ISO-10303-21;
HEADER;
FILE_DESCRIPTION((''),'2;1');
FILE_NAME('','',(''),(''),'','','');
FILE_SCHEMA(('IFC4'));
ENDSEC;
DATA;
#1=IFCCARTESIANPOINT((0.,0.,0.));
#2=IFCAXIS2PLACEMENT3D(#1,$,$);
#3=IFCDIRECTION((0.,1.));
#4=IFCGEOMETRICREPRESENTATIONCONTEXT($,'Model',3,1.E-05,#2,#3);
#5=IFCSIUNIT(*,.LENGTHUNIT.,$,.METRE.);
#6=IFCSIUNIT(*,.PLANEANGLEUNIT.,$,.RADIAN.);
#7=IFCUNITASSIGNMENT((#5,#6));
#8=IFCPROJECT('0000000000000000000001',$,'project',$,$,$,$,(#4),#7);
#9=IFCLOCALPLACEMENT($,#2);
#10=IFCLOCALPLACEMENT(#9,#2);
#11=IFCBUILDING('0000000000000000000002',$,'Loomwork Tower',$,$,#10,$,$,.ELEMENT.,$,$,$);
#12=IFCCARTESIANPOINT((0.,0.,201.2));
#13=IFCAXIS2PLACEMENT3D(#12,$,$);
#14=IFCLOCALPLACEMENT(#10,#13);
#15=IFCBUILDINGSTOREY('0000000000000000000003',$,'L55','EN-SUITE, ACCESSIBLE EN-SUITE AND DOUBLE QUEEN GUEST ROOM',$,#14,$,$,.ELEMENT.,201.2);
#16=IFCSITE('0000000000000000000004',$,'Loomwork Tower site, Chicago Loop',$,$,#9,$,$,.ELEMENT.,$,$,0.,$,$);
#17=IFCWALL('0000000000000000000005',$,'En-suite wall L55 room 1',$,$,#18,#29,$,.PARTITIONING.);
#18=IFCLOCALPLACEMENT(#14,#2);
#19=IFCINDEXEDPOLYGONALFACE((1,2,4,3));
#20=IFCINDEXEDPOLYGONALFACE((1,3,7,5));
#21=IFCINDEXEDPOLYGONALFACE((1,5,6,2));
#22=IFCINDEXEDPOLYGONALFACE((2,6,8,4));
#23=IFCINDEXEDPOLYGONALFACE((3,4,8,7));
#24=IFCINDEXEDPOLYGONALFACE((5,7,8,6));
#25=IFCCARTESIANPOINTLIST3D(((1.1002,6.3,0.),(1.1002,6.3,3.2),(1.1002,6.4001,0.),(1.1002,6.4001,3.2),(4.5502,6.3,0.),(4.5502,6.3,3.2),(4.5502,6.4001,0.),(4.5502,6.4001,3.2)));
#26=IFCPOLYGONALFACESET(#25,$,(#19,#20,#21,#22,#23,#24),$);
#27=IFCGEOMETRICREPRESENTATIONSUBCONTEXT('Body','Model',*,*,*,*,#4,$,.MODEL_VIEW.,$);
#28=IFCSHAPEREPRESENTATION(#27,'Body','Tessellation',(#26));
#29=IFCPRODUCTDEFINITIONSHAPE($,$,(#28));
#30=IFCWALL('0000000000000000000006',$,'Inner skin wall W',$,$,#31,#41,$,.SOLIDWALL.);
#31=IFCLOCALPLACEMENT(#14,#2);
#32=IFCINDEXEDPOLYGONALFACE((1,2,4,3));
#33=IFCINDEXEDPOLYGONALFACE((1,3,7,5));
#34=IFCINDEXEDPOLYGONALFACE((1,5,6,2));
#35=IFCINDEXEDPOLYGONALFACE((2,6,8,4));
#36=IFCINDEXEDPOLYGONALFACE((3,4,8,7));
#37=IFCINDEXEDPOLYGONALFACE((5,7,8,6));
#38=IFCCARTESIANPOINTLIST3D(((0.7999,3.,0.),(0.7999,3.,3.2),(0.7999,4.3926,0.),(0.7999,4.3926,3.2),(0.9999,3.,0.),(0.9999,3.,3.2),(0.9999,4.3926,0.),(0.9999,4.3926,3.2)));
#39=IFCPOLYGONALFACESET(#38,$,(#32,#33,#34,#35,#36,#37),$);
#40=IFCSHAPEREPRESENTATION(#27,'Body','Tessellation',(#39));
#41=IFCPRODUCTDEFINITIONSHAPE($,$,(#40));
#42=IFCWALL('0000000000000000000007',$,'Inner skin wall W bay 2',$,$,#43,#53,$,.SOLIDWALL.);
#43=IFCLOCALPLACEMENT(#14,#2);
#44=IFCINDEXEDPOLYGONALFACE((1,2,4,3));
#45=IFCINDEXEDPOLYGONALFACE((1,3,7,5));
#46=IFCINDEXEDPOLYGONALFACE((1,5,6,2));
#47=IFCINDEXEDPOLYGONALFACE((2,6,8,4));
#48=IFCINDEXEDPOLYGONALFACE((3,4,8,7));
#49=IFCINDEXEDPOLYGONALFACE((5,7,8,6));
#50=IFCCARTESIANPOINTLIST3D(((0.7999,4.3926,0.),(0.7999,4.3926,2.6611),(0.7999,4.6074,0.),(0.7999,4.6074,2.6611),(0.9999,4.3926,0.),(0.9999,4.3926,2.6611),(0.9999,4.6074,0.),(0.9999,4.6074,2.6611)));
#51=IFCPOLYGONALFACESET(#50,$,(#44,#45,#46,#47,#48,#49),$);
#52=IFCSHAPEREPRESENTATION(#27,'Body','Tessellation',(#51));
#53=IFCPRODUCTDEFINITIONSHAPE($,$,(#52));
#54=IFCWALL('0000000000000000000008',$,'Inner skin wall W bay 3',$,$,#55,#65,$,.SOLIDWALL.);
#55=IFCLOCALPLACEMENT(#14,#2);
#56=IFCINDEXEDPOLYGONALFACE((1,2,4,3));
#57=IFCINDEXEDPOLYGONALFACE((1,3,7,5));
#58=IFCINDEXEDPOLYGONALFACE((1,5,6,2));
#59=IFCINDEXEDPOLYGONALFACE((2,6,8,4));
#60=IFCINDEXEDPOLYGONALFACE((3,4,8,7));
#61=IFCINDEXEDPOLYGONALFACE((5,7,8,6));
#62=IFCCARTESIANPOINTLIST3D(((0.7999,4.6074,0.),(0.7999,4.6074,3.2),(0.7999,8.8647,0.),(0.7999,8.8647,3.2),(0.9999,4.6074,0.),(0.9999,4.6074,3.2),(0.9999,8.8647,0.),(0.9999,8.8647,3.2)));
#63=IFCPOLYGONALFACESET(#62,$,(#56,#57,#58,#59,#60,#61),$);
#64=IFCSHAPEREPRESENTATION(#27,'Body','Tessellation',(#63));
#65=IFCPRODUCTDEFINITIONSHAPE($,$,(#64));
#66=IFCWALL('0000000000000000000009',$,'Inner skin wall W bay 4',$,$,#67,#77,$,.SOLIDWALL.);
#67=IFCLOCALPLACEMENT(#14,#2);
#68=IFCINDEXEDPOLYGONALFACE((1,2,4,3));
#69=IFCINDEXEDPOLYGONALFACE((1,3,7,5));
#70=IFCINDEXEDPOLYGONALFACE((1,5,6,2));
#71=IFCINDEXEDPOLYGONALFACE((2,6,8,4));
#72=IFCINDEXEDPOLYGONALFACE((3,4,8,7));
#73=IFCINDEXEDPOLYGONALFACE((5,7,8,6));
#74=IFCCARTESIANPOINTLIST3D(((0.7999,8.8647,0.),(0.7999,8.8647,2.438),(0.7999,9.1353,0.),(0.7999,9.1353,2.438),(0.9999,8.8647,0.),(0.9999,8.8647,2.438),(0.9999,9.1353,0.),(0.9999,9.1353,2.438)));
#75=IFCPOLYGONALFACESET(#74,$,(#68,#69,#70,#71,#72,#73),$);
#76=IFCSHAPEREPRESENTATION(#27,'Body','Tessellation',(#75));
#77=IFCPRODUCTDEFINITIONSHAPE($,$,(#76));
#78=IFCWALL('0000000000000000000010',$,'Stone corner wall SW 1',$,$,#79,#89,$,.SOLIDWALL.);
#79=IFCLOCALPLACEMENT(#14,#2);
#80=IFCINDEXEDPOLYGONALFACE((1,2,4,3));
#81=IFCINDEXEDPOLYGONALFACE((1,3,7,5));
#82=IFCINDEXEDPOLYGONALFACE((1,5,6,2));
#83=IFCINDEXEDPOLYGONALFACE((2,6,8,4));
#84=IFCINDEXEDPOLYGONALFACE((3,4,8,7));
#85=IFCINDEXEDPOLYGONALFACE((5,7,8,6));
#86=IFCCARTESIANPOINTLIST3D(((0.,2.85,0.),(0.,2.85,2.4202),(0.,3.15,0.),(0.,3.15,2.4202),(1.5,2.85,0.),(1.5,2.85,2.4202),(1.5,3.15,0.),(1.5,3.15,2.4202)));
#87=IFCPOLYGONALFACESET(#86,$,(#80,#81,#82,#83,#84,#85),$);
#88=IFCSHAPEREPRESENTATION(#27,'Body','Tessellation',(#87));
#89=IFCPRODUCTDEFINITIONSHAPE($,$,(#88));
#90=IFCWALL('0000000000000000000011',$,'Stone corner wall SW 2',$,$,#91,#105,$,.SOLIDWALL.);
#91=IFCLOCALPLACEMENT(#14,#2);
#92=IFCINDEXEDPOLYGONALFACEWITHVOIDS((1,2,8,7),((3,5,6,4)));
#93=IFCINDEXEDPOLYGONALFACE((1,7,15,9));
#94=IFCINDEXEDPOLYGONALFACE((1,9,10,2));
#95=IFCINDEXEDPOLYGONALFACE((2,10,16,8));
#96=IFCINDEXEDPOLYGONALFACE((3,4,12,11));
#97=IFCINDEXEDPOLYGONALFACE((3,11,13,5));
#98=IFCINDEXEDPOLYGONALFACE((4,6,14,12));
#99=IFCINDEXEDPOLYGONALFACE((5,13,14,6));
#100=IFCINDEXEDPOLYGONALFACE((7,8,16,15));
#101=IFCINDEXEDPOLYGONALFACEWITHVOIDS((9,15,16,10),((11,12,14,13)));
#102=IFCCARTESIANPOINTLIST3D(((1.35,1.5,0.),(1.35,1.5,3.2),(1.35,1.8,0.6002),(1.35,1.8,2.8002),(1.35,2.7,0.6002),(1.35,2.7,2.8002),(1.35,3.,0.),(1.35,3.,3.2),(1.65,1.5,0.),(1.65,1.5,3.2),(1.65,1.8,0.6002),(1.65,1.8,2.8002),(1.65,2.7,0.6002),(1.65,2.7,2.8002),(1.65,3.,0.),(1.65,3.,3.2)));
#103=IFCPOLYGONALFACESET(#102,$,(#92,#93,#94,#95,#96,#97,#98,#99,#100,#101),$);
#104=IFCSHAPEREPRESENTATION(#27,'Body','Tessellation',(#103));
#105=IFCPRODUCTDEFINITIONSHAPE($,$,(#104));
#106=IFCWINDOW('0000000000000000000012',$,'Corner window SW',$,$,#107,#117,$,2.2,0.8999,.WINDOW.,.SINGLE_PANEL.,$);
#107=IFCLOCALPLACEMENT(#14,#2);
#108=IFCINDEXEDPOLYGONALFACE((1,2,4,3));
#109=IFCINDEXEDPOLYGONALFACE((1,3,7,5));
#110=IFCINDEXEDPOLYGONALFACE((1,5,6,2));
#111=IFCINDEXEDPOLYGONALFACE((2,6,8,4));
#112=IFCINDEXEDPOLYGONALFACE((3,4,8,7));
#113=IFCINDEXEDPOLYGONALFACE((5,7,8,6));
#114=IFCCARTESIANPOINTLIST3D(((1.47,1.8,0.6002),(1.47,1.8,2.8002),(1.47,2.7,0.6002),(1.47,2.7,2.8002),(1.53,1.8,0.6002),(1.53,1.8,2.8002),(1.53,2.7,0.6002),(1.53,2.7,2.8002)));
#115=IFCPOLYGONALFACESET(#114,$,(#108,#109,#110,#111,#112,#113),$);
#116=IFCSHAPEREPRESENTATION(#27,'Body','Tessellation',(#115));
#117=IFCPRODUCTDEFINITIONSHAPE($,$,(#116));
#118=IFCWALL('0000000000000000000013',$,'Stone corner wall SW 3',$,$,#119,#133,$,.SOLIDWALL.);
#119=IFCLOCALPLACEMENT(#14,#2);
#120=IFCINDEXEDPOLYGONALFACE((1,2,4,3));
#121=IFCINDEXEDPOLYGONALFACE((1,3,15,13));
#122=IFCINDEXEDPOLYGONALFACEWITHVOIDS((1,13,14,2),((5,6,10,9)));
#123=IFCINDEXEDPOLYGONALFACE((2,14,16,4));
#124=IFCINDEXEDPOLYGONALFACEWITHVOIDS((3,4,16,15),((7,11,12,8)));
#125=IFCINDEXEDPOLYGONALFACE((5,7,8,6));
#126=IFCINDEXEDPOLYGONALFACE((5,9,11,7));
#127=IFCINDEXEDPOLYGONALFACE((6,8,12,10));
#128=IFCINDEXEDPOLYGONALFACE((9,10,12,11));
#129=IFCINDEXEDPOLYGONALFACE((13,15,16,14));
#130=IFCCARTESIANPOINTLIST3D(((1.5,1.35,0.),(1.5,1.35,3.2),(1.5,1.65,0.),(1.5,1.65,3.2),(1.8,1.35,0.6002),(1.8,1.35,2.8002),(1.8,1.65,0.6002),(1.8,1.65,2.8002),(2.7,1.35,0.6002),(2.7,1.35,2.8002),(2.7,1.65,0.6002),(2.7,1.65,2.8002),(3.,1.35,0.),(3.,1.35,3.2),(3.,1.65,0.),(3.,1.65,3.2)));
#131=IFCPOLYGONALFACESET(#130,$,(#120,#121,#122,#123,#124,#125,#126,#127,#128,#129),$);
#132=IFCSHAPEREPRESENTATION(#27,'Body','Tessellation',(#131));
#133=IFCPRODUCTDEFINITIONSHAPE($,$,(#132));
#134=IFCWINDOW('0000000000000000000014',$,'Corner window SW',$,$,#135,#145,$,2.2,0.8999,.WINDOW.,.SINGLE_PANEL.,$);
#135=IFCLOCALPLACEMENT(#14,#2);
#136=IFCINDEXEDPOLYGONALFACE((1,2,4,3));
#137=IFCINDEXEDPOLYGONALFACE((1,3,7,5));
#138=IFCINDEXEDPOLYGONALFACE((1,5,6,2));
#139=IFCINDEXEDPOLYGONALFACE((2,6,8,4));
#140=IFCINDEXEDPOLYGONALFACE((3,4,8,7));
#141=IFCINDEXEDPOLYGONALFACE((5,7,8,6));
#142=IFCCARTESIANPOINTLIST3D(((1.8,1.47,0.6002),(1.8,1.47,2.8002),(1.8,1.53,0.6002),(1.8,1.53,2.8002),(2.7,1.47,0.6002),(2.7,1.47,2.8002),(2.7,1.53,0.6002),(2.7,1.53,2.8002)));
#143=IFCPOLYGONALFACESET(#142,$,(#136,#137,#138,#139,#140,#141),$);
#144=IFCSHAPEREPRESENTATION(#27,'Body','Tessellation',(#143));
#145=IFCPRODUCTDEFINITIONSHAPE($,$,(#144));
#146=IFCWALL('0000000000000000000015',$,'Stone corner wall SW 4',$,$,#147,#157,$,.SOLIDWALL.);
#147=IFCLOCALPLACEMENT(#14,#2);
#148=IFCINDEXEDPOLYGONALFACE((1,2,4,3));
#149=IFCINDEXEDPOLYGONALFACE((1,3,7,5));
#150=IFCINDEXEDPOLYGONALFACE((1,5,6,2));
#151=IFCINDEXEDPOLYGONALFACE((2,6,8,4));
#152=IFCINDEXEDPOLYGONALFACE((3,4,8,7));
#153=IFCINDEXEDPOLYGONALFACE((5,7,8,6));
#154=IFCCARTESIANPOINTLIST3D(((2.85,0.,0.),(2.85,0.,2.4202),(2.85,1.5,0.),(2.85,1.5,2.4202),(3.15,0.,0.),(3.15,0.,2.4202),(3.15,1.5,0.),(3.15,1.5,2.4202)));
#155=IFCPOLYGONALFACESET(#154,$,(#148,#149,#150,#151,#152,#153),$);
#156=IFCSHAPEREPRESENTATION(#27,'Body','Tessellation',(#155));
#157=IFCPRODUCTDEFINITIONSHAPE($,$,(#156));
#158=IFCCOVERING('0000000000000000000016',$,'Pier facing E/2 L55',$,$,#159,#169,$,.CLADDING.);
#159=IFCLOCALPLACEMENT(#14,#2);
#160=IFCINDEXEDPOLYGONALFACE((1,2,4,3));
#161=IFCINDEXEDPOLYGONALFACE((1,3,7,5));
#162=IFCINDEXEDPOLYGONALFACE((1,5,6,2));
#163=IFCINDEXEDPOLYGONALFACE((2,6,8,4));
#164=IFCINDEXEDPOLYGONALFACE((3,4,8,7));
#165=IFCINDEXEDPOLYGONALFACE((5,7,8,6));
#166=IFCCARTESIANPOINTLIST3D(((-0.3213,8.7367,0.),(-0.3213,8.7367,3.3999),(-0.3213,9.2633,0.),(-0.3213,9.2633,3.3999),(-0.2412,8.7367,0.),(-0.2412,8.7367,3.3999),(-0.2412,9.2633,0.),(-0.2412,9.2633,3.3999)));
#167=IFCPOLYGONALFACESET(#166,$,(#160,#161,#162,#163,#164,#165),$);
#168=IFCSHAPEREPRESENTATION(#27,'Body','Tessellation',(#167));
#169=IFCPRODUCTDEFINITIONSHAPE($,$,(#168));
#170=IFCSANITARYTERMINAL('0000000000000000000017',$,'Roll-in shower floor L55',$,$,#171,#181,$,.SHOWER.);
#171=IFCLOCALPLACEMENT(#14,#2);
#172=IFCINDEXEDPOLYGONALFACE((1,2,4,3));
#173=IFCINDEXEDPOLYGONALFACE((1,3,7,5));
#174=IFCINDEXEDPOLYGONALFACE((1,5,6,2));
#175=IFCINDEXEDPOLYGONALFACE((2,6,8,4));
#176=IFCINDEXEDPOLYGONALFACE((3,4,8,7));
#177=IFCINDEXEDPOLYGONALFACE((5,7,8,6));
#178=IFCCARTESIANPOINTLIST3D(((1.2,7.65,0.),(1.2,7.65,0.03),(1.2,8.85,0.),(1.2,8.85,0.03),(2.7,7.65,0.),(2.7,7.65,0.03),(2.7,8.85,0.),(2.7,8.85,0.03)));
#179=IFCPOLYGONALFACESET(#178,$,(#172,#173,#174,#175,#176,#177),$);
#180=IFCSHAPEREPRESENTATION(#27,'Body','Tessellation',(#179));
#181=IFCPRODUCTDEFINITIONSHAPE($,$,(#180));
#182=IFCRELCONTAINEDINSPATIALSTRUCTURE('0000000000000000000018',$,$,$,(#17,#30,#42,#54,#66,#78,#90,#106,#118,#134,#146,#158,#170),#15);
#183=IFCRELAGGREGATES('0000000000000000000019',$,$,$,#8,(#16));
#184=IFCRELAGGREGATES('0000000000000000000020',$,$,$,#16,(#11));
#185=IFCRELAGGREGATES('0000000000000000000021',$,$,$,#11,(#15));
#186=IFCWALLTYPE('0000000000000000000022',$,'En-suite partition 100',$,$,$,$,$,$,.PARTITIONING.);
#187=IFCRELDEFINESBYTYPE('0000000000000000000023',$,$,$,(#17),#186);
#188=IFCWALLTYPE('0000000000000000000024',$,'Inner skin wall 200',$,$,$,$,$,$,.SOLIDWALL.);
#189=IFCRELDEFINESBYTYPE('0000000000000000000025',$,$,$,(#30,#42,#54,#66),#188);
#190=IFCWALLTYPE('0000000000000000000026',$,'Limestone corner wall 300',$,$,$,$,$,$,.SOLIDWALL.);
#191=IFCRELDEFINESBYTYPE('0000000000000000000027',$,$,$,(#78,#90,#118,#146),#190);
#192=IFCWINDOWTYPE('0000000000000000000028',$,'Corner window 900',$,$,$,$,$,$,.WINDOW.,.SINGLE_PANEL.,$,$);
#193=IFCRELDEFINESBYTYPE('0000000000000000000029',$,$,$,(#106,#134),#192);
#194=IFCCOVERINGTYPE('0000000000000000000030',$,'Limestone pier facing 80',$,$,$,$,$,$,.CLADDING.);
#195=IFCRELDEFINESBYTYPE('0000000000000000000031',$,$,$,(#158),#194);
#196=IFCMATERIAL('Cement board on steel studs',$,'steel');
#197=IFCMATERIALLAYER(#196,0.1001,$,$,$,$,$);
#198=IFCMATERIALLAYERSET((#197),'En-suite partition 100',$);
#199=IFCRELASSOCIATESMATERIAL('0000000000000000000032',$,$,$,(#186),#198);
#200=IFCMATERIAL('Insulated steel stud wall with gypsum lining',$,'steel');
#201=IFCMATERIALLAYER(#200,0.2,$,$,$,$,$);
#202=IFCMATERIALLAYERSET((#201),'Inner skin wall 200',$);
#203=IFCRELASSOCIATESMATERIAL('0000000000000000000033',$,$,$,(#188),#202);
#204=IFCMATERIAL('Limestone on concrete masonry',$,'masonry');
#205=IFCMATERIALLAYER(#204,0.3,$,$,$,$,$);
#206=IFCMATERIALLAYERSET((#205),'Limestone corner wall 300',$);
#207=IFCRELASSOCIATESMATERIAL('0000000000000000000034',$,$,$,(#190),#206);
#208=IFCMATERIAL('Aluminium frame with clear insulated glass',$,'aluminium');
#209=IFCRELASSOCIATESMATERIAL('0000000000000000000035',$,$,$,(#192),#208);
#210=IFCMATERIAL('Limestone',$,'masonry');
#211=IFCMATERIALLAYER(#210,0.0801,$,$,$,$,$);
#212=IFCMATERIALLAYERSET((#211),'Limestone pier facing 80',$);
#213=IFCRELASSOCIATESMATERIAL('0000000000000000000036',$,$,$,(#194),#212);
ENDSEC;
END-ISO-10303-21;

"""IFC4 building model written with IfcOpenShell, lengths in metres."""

from ifc_helpers import new_model, si_unit, direction, frame, frame_2d, origin, origin_2d, place, context, subcontext, project, spatial, rectangle, extrude, material, layer, layer_set, type_object, element, fill, save


model = new_model("IFC4")

# Units and contexts
model_context = context("Model", 3, precision=1e-05, world=origin(), true_north=direction((0.0, 1.0)))
body_context = subcontext(model_context, "Body", "Model", "MODEL_VIEW")
ifc_project = project(units=[si_unit("LENGTHUNIT", "METRE"), si_unit("PLANEANGLEUNIT", "RADIAN")], contexts=[model_context])

# Site, building, storey
site_placement = place(None, origin())
site = spatial("IfcSite", under=ifc_project, at=site_placement, Name="Loomwork Tower site, Chicago Loop", CompositionType="ELEMENT", RefElevation=0.0)
building_placement = place(site_placement, origin())
building = spatial("IfcBuilding", under=site, at=building_placement, Name="Loomwork Tower", CompositionType="ELEMENT")
storey_placement = place(building_placement, frame((0.0, 0.0, 201.2)))
storey = spatial("IfcBuildingStorey", under=building, at=storey_placement, Name="L55", Description="EN-SUITE, ACCESSIBLE EN-SUITE AND DOUBLE QUEEN GUEST ROOM", CompositionType="ELEMENT", Elevation=201.2)

# Walls
ifc_material_1 = material(Name="Cement board on steel studs", Category="steel")
ifc_layer_1 = layer(ifc_material_1, 0.1001)
ifc_layer_set_1 = layer_set([ifc_layer_1], Name="En-suite partition 100")
wall_type_1 = type_object("IfcWallType", Name="En-suite partition 100", PredefinedType="PARTITIONING", material=ifc_layer_set_1)
wall_1_placement = place(storey_placement, frame((1.1001, 6.3501, 0.0), z_axis=(0.0, 0.0, 1.0), x_axis=(1.0, 0.0, 0.0)))
element("IfcWall", 1, at=wall_1_placement, inside=storey, type_object=wall_type_1, Name="En-suite wall L55 room 1", PredefinedType="PARTITIONING", context=body_context, shape_type="SweptSolid", body=[
    extrude(rectangle(XDim=3.45, YDim=0.1001, at=frame_2d((1.7251, 0.0))), origin(), (0.0, 0.0, 1.0), 3.2),
])
ifc_material_2 = material(Name="Insulated steel stud wall with gypsum lining", Category="steel")
ifc_layer_2 = layer(ifc_material_2, 0.2)
ifc_layer_set_2 = layer_set([ifc_layer_2], Name="Inner skin wall 200")
wall_type_2 = type_object("IfcWallType", Name="Inner skin wall 200", PredefinedType="SOLIDWALL", material=ifc_layer_set_2)
wall_2_placement = place(storey_placement, frame((0.8999, 3.0, 0.0), z_axis=(0.0, 0.0, 1.0), x_axis=(0.0, 1.0, 0.0)))
element("IfcWall", 2, at=wall_2_placement, inside=storey, type_object=wall_type_2, Name="Inner skin wall W", PredefinedType="SOLIDWALL", context=body_context, shape_type="SweptSolid", body=[
    extrude(rectangle(XDim=1.3926, YDim=0.2, at=frame_2d((0.6963, 0.0))), origin(), (0.0, 0.0, 1.0), 3.2),
])
wall_3_placement = place(storey_placement, frame((0.8999, 4.3926, 0.0), z_axis=(0.0, 0.0, 1.0), x_axis=(0.0, 1.0, 0.0)))
element("IfcWall", 3, at=wall_3_placement, inside=storey, type_object=wall_type_2, Name="Inner skin wall W bay 2", PredefinedType="SOLIDWALL", context=body_context, shape_type="SweptSolid", body=[
    extrude(rectangle(XDim=0.2148, YDim=0.2, at=frame_2d((0.1074, 0.0))), origin(), (0.0, 0.0, 1.0), 2.6611),
])
wall_4_placement = place(storey_placement, frame((0.8999, 4.6074, 0.0), z_axis=(0.0, 0.0, 1.0), x_axis=(0.0, 1.0, 0.0)))
element("IfcWall", 4, at=wall_4_placement, inside=storey, type_object=wall_type_2, Name="Inner skin wall W bay 3", PredefinedType="SOLIDWALL", context=body_context, shape_type="SweptSolid", body=[
    extrude(rectangle(XDim=4.2573, YDim=0.2, at=frame_2d((2.1287, 0.0))), origin(), (0.0, 0.0, 1.0), 3.2),
])
wall_5_placement = place(storey_placement, frame((0.8999, 8.8647, 0.0), z_axis=(0.0, 0.0, 1.0), x_axis=(0.0, 1.0, 0.0)))
element("IfcWall", 5, at=wall_5_placement, inside=storey, type_object=wall_type_2, Name="Inner skin wall W bay 4", PredefinedType="SOLIDWALL", context=body_context, shape_type="SweptSolid", body=[
    extrude(rectangle(XDim=0.2705, YDim=0.2, at=frame_2d((0.1353, 0.0))), origin(), (0.0, 0.0, 1.0), 2.438),
])
ifc_material_3 = material(Name="Limestone on concrete masonry", Category="masonry")
ifc_layer_3 = layer(ifc_material_3, 0.3)
ifc_layer_set_3 = layer_set([ifc_layer_3], Name="Limestone corner wall 300")
wall_type_3 = type_object("IfcWallType", Name="Limestone corner wall 300", PredefinedType="SOLIDWALL", material=ifc_layer_set_3)
wall_6_placement = place(storey_placement, frame((0.0, 3.0, 0.0), z_axis=(0.0, 0.0, 1.0), x_axis=(1.0, 0.0, 0.0)))
element("IfcWall", 6, at=wall_6_placement, inside=storey, type_object=wall_type_3, Name="Stone corner wall SW 1", PredefinedType="SOLIDWALL", context=body_context, shape_type="SweptSolid", body=[
    extrude(rectangle(XDim=1.5, YDim=0.3, at=frame_2d((0.75, 0.0))), origin(), (0.0, 0.0, 1.0), 2.4202),
])

# Walls, openings, windows
wall_7_placement = place(storey_placement, frame((1.5, 3.0, 0.0), z_axis=(0.0, 0.0, 1.0), x_axis=(0.0, -1.0, 0.0)))
wall_7 = element("IfcWall", 7, at=wall_7_placement, inside=storey, type_object=wall_type_3, Name="Stone corner wall SW 2", PredefinedType="SOLIDWALL", context=body_context, shape_type="SweptSolid", body=[
    extrude(rectangle(XDim=1.5, YDim=0.3, at=frame_2d((0.75, 0.0))), origin(), (0.0, 0.0, 1.0), 3.2),
])
opening_1_placement = place(wall_7_placement, frame((0.3, 0.0, 0.6001)))
opening_1 = element("IfcOpeningElement", 8, at=opening_1_placement, cuts=wall_7, PredefinedType="OPENING", context=body_context, shape_type="SweptSolid", body=[
    extrude(rectangle(XDim=0.8999, YDim=2.2, at=frame_2d((0.45, 1.1001))), frame((0.0, 0.1599, 0.0), z_axis=(0.0, -1.0, 0.0), x_axis=(1.0, 0.0, 0.0)), (0.0, 0.0, 1.0), 0.3201),
])
ifc_material_4 = material(Name="Aluminium frame with clear insulated glass", Category="aluminium")
window_type = type_object("IfcWindowType", Name="Corner window 900", PartitioningType="SINGLE_PANEL", PredefinedType="WINDOW", material=ifc_material_4)
window_1_placement = place(opening_1_placement, origin())
window_1 = element("IfcWindow", 9, at=window_1_placement, inside=storey, type_object=window_type, Name="Corner window SW", OverallHeight=2.2, OverallWidth=0.8999, PartitioningType="SINGLE_PANEL", PredefinedType="WINDOW", context=body_context, shape_type="SweptSolid", body=[
    extrude(rectangle(XDim=0.8999, YDim=2.2, at=frame_2d((0.45, 1.1001))), frame((0.0, 0.03, 0.0), z_axis=(0.0, -1.0, 0.0), x_axis=(1.0, 0.0, 0.0)), (0.0, 0.0, 1.0), 0.0601),
])
fill(opening_1, window_1)
wall_8_placement = place(storey_placement, frame((1.5, 1.5, 0.0), z_axis=(0.0, 0.0, 1.0), x_axis=(1.0, 0.0, 0.0)))
wall_8 = element("IfcWall", 10, at=wall_8_placement, inside=storey, type_object=wall_type_3, Name="Stone corner wall SW 3", PredefinedType="SOLIDWALL", context=body_context, shape_type="SweptSolid", body=[
    extrude(rectangle(XDim=1.5, YDim=0.3, at=frame_2d((0.75, 0.0))), origin(), (0.0, 0.0, 1.0), 3.2),
])
opening_2_placement = place(wall_8_placement, frame((0.3, 0.0, 0.6001)))
opening_2 = element("IfcOpeningElement", 11, at=opening_2_placement, cuts=wall_8, PredefinedType="OPENING", context=body_context, shape_type="SweptSolid", body=[
    extrude(rectangle(XDim=0.8999, YDim=2.2, at=frame_2d((0.45, 1.1001))), frame((0.0, 0.1599, 0.0), z_axis=(0.0, -1.0, 0.0), x_axis=(1.0, 0.0, 0.0)), (0.0, 0.0, 1.0), 0.3201),
])
window_2_placement = place(opening_2_placement, origin())
window_2 = element("IfcWindow", 12, at=window_2_placement, inside=storey, type_object=window_type, Name="Corner window SW", OverallHeight=2.2, OverallWidth=0.8999, PartitioningType="SINGLE_PANEL", PredefinedType="WINDOW", context=body_context, shape_type="SweptSolid", body=[
    extrude(rectangle(XDim=0.8999, YDim=2.2, at=frame_2d((0.45, 1.1001))), frame((0.0, 0.03, 0.0), z_axis=(0.0, -1.0, 0.0), x_axis=(1.0, 0.0, 0.0)), (0.0, 0.0, 1.0), 0.0601),
])
fill(opening_2, window_2)

# Wall
wall_9_placement = place(storey_placement, frame((3.0, 1.5, 0.0), z_axis=(0.0, 0.0, 1.0), x_axis=(0.0, -1.0, 0.0)))
element("IfcWall", 13, at=wall_9_placement, inside=storey, type_object=wall_type_3, Name="Stone corner wall SW 4", PredefinedType="SOLIDWALL", context=body_context, shape_type="SweptSolid", body=[
    extrude(rectangle(XDim=1.5, YDim=0.3, at=frame_2d((0.75, 0.0))), origin(), (0.0, 0.0, 1.0), 2.4202),
])

# Covering
ifc_material_5 = material(Name="Limestone", Category="masonry")
ifc_layer_4 = layer(ifc_material_5, 0.0801)
ifc_layer_set_4 = layer_set([ifc_layer_4], Name="Limestone pier facing 80")
covering_type = type_object("IfcCoveringType", Name="Limestone pier facing 80", PredefinedType="CLADDING", material=ifc_layer_set_4)
covering_placement = place(storey_placement, frame((-0.2812, 9.0, 0.0), z_axis=(0.0, 0.0, 1.0), x_axis=(1.0, 0.0, 0.0)))
element("IfcCovering", 14, at=covering_placement, inside=storey, type_object=covering_type, Name="Pier facing E/2 L55", PredefinedType="CLADDING", context=body_context, shape_type="SweptSolid", body=[
    extrude(rectangle(XDim=0.0801, YDim=0.5266, at=origin_2d()), origin(), (0.0, 0.0, 1.0), 3.3999),
])

# Sanitary terminal
sanitary_terminal_1_placement = place(storey_placement, frame((1.95, 8.25, 0.0), z_axis=(0.0, 0.0, 1.0), x_axis=(1.0, 0.0, 0.0)))
element("IfcSanitaryTerminal", 15, at=sanitary_terminal_1_placement, inside=storey, Name="Roll-in shower floor L55", PredefinedType="SHOWER", context=body_context, shape_type="SweptSolid", body=[
    extrude(rectangle(XDim=1.5, YDim=1.2, at=origin_2d()), origin(), (0.0, 0.0, 1.0), 0.03),
])

save(model, "model.ifc")
